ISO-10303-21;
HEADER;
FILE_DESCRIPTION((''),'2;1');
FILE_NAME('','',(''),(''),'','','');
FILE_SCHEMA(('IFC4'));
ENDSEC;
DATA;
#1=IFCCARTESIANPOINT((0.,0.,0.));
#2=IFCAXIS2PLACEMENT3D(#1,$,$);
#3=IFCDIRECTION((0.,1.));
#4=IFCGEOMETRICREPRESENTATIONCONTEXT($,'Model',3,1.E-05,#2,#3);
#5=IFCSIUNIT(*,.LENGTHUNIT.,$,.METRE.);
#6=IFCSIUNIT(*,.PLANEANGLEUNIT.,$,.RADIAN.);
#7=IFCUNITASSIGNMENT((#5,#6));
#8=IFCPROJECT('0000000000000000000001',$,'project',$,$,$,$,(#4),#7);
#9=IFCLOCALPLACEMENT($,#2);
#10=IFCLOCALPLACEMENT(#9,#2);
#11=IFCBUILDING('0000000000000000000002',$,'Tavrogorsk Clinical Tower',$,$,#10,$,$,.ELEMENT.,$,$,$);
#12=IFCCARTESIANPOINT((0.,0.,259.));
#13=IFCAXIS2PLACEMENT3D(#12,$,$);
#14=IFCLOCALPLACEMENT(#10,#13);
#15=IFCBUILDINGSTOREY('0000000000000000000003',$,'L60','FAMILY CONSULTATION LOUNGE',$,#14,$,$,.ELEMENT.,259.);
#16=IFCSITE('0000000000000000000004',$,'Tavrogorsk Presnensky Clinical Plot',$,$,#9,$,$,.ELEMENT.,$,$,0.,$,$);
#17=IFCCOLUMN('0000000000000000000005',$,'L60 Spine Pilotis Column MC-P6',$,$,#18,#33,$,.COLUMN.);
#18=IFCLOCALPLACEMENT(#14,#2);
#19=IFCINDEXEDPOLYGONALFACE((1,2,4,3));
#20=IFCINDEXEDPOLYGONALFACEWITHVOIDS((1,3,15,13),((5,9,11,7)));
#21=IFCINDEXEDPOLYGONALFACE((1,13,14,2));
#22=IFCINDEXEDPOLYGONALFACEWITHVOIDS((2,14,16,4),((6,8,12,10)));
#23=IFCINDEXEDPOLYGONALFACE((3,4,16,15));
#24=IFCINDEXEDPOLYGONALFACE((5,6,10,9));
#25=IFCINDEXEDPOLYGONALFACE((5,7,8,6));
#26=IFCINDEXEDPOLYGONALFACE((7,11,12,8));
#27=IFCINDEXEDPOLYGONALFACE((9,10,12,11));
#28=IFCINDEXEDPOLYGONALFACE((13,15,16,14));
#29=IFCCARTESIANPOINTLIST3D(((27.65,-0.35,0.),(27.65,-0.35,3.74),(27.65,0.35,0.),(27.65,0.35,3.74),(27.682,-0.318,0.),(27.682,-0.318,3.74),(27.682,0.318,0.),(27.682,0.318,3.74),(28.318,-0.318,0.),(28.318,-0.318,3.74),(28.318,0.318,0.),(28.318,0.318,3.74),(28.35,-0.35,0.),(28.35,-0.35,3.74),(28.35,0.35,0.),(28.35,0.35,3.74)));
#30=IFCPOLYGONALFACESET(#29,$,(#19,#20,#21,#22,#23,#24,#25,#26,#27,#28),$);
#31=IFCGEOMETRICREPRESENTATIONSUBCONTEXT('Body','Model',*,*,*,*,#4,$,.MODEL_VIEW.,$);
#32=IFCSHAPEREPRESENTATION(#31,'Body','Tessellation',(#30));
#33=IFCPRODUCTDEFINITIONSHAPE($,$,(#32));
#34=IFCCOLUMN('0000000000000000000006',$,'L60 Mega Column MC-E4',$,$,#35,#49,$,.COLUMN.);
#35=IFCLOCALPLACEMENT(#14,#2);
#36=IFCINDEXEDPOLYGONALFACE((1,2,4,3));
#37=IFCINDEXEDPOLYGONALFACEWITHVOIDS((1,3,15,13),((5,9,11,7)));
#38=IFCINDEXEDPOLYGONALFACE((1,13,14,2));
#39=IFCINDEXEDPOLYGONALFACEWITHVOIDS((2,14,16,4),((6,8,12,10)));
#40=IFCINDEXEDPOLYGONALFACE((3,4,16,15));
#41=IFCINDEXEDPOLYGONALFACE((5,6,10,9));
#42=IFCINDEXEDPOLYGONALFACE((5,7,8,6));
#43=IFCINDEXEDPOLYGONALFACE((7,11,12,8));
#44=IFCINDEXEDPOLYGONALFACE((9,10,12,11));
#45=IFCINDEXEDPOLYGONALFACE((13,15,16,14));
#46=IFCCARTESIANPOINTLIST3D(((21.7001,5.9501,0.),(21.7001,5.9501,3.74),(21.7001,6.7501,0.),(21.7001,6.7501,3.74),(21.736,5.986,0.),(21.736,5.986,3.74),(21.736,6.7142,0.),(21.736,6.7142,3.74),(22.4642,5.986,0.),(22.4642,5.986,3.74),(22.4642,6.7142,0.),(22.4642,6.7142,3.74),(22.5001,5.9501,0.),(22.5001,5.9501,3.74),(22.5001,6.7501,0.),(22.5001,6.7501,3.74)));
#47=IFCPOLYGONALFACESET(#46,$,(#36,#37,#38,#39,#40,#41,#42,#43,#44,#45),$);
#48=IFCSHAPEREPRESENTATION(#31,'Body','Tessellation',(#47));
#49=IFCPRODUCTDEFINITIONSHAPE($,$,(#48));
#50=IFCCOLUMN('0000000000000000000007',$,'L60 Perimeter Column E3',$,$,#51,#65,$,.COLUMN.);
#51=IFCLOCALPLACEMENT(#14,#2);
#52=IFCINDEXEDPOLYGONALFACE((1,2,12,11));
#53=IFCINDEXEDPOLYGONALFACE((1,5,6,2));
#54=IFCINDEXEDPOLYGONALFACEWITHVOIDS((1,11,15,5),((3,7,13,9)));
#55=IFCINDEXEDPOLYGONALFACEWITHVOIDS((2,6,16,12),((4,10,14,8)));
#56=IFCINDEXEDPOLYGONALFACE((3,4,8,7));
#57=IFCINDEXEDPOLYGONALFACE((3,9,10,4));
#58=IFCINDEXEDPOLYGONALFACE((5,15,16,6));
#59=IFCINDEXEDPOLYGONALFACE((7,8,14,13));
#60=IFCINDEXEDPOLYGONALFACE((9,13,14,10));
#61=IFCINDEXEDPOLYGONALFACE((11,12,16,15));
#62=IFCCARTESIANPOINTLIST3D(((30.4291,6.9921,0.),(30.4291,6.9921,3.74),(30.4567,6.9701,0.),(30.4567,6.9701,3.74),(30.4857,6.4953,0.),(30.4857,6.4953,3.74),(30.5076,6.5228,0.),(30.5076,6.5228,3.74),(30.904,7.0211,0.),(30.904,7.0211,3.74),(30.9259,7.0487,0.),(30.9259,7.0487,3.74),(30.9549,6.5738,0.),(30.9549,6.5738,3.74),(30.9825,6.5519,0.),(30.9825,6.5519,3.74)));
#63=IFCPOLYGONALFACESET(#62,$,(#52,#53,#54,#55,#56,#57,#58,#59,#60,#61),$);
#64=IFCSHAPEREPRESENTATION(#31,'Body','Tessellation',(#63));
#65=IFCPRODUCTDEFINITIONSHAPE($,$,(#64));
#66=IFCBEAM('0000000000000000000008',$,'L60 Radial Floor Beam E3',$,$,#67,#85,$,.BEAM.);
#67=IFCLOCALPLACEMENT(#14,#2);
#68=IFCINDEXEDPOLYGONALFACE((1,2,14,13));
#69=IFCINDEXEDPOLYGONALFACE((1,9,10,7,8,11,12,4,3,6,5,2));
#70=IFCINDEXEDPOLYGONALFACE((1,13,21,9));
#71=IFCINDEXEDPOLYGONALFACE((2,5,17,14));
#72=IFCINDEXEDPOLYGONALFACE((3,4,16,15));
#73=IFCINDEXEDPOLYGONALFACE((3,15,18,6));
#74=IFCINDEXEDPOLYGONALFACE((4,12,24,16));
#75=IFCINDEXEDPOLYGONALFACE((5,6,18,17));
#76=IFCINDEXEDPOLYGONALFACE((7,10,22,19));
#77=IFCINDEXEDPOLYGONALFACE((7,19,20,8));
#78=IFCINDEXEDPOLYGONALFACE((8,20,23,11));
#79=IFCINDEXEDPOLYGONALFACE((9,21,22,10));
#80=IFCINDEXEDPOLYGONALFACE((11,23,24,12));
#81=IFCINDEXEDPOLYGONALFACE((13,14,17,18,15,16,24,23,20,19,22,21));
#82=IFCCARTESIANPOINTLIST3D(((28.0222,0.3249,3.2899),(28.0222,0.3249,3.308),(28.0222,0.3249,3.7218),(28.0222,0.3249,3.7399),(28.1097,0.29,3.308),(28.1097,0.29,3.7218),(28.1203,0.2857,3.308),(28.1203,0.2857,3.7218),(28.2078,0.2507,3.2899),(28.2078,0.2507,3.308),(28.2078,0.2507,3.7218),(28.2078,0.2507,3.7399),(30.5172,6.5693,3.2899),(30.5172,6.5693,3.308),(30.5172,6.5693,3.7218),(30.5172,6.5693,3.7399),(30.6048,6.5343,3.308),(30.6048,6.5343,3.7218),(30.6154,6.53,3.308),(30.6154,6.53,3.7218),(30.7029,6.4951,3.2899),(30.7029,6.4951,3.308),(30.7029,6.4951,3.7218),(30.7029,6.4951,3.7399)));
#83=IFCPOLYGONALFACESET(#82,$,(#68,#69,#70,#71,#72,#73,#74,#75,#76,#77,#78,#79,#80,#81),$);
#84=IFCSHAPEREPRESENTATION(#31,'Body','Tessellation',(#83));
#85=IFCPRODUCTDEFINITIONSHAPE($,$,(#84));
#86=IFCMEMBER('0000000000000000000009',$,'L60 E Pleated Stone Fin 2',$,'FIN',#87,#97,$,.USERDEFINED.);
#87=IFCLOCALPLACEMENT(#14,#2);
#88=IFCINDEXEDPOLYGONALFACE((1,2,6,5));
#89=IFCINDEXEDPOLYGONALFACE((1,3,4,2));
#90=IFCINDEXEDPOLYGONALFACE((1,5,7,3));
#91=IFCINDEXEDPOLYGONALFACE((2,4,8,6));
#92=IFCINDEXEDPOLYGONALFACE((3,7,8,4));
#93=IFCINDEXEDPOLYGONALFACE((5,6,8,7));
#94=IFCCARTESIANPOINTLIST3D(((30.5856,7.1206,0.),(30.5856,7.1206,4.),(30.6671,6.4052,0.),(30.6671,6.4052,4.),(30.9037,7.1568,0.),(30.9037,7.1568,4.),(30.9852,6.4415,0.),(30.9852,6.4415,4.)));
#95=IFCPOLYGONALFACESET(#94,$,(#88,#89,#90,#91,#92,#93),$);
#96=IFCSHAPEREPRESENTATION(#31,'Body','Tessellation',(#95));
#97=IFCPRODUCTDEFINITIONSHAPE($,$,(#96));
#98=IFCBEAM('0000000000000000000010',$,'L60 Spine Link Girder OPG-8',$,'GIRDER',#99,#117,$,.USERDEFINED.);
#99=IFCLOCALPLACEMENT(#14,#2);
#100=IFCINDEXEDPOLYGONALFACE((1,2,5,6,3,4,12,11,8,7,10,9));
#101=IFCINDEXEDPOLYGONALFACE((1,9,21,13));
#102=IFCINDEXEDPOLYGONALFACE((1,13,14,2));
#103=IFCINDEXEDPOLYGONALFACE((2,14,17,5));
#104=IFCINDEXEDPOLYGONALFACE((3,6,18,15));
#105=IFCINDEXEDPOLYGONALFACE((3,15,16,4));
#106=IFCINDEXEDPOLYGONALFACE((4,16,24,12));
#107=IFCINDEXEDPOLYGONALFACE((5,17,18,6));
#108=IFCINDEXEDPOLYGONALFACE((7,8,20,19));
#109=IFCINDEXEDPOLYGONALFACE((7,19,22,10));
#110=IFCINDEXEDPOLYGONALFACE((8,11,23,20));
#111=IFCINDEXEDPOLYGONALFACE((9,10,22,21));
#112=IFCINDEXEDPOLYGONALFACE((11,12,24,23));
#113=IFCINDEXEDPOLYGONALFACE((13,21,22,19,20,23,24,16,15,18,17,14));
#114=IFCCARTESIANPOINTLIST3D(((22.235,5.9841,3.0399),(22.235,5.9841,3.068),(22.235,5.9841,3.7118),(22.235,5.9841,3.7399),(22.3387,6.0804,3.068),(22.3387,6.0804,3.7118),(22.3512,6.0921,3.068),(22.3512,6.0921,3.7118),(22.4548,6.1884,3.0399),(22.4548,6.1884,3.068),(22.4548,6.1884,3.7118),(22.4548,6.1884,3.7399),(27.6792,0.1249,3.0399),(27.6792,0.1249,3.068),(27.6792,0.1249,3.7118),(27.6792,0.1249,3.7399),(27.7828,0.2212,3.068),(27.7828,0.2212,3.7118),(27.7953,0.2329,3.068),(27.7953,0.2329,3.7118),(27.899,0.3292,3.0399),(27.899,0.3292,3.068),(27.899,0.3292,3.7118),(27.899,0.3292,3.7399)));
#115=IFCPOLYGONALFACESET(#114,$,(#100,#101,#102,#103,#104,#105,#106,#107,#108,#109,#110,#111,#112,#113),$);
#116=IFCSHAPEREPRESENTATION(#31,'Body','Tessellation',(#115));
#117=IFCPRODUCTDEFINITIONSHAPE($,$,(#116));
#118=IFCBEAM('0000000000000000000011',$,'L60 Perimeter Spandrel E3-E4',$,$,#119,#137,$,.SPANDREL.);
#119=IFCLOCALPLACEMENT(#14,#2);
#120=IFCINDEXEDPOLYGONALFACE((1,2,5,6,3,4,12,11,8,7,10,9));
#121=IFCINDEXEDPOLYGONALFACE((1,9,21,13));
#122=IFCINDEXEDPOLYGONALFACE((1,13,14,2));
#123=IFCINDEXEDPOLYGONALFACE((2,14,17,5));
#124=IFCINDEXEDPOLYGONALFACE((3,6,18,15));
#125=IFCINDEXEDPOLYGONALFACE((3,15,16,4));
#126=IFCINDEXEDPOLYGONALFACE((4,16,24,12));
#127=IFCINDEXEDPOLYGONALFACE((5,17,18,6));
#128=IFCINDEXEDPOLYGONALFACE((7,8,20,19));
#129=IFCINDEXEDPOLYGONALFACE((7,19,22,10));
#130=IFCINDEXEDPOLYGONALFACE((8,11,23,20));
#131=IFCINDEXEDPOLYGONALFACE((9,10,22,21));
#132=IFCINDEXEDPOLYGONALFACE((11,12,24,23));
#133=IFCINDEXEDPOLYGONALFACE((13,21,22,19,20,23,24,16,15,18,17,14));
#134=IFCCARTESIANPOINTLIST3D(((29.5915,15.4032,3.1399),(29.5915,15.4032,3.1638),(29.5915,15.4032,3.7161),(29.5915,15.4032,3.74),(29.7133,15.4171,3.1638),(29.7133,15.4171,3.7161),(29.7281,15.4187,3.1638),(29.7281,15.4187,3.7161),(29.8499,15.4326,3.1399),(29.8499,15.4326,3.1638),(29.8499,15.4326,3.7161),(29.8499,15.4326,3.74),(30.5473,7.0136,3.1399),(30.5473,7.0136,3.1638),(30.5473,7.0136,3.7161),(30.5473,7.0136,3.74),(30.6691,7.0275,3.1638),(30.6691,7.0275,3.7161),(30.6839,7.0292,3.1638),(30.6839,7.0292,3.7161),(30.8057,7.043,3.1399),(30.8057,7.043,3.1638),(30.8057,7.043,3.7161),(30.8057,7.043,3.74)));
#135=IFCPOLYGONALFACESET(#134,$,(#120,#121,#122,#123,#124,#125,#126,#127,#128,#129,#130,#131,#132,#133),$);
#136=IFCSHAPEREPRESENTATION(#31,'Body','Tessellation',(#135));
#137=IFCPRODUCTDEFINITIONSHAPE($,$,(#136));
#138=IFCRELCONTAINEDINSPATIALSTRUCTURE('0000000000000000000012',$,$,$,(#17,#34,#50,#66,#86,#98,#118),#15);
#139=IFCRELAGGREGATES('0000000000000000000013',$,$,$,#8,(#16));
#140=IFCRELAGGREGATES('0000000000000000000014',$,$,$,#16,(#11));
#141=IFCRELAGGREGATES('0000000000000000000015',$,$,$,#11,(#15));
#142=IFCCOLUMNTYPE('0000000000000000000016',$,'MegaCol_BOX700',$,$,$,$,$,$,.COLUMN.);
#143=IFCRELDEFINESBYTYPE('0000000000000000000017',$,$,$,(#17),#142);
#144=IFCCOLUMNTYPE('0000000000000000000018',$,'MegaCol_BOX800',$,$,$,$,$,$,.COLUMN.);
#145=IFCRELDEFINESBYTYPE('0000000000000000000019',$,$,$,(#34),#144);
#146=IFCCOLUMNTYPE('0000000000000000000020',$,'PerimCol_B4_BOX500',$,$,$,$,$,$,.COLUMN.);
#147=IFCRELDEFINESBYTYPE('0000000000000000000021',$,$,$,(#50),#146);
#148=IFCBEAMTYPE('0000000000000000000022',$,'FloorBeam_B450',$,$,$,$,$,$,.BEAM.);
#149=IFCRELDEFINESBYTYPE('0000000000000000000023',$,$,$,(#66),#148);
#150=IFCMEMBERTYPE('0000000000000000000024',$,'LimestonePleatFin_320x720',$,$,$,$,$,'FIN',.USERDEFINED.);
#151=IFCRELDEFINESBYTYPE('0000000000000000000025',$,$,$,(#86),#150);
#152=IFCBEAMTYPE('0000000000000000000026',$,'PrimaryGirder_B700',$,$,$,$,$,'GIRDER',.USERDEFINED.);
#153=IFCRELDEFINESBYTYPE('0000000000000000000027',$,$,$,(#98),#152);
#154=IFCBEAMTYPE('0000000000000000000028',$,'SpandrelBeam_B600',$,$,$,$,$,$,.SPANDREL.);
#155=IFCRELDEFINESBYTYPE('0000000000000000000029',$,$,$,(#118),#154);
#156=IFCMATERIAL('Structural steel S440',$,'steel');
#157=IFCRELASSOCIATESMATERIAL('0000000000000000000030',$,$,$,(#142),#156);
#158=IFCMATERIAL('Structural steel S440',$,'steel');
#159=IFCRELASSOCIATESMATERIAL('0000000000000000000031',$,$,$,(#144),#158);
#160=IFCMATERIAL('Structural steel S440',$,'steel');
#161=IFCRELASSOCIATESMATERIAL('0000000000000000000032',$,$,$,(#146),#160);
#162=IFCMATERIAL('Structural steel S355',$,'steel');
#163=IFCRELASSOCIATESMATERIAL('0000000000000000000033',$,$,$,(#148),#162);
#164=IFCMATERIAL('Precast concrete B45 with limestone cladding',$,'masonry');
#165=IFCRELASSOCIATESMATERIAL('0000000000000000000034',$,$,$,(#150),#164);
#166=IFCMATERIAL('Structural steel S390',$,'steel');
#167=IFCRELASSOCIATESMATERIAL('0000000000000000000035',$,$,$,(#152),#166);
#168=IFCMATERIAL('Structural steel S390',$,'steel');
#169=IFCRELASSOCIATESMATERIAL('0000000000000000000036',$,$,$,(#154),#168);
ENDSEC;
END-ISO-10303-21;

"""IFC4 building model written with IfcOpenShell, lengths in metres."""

from ifc_helpers import new_model, si_unit, direction, frame, origin, origin_2d, place, context, subcontext, project, spatial, rectangle, hollow_rectangle, i_section, extrude, material, material_profile, profile_set, type_object, element, save


model = new_model("IFC4")

# Units and contexts
model_context = context("Model", 3, precision=1e-05, world=origin(), true_north=direction((0.0, 1.0)))
body_context = subcontext(model_context, "Body", "Model", "MODEL_VIEW")
ifc_project = project(units=[si_unit("LENGTHUNIT", "METRE"), si_unit("PLANEANGLEUNIT", "RADIAN")], contexts=[model_context])

# Site, building, storey
site_placement = place(None, origin())
site = spatial("IfcSite", under=ifc_project, at=site_placement, Name="Tavrogorsk Presnensky Clinical Plot", CompositionType="ELEMENT", RefElevation=0.0)
building_placement = place(site_placement, origin())
building = spatial("IfcBuilding", under=site, at=building_placement, Name="Tavrogorsk Clinical Tower", CompositionType="ELEMENT")
storey_placement = place(building_placement, frame((0.0, 0.0, 259.0)))
storey = spatial("IfcBuildingStorey", under=building, at=storey_placement, Name="L60", Description="FAMILY CONSULTATION LOUNGE", CompositionType="ELEMENT", Elevation=259.0)

# Columns
ifc_material_1 = material(Name="Structural steel S440", Category="steel")
ifc_material_profile_1 = material_profile(ifc_material_1, hollow_rectangle(XDim=0.7, YDim=0.7, WallThickness=0.032, at=origin_2d()), Name="BOX-700x700x32")
ifc_profile_set_1 = profile_set([ifc_material_profile_1], Name="Structural steel S440")
column_type_1 = type_object("IfcColumnType", Name="MegaCol_BOX700", PredefinedType="COLUMN", material=ifc_profile_set_1)
column_1_placement = place(storey_placement, frame((28.0, 0.0, 0.0), z_axis=(0.0, 0.0, 1.0), x_axis=(1.0, 0.0, 0.0)))
element("IfcColumn", 1, at=column_1_placement, inside=storey, type_object=column_type_1, Name="L60 Spine Pilotis Column MC-P6", PredefinedType="COLUMN", context=body_context, shape_type="SweptSolid", body=[
    extrude(hollow_rectangle(XDim=0.7, YDim=0.7, WallThickness=0.032, at=origin_2d()), origin(), (0.0, 0.0, 1.0), 3.74),
])
ifc_material_2 = material(Name="Structural steel S440", Category="steel")
ifc_material_profile_2 = material_profile(ifc_material_2, hollow_rectangle(XDim=0.8, YDim=0.8, WallThickness=0.0359, at=origin_2d()), Name="BOX-800x800x36")
ifc_profile_set_2 = profile_set([ifc_material_profile_2], Name="Structural steel S440")
column_type_2 = type_object("IfcColumnType", Name="MegaCol_BOX800", PredefinedType="COLUMN", material=ifc_profile_set_2)
column_2_placement = place(storey_placement, frame((22.1001, 6.3501, 0.0), z_axis=(0.0, 0.0, 1.0), x_axis=(1.0, 0.0, 0.0)))
element("IfcColumn", 2, at=column_2_placement, inside=storey, type_object=column_type_2, Name="L60 Mega Column MC-E4", PredefinedType="COLUMN", context=body_context, shape_type="SweptSolid", body=[
    extrude(hollow_rectangle(XDim=0.8, YDim=0.8, WallThickness=0.0359, at=origin_2d()), origin(), (0.0, 0.0, 1.0), 3.74),
])
ifc_material_3 = material(Name="Structural steel S440", Category="steel")
ifc_material_profile_3 = material_profile(ifc_material_3, hollow_rectangle(XDim=0.5, YDim=0.5, WallThickness=0.0249, at=origin_2d()), Name="BOX-500x500x25")
ifc_profile_set_3 = profile_set([ifc_material_profile_3], Name="Structural steel S440")
column_type_3 = type_object("IfcColumnType", Name="PerimCol_B4_BOX500", PredefinedType="COLUMN", material=ifc_profile_set_3)
column_3_placement = place(storey_placement, frame((30.7058, 6.772, 0.0), z_axis=(0.0, 0.0, 1.0), x_axis=(0.993572, 0.113203, 0.0)))
element("IfcColumn", 3, at=column_3_placement, inside=storey, type_object=column_type_3, Name="L60 Perimeter Column E3", PredefinedType="COLUMN", context=body_context, shape_type="SweptSolid", body=[
    extrude(hollow_rectangle(XDim=0.5, YDim=0.5, WallThickness=0.0249, at=origin_2d()), origin(), (0.0, 0.0, 1.0), 3.74),
])

# Beam
ifc_material_4 = material(Name="Structural steel S355", Category="steel")
ifc_material_profile_4 = material_profile(ifc_material_4, i_section(OverallWidth=0.2, OverallDepth=0.45, WebThickness=0.0115, FlangeThickness=0.0181, at=origin_2d()), Name="B-450x200x11.5x18")
ifc_profile_set_4 = profile_set([ifc_material_profile_4], Name="Structural steel S355")
beam_type_1 = type_object("IfcBeamType", Name="FloorBeam_B450", PredefinedType="BEAM", material=ifc_profile_set_4)
beam_1_placement = place(storey_placement, frame((28.115, 0.2878, 3.5149), z_axis=(0.371053, 0.928612, 0.0), x_axis=(-0.928612, 0.371053, 0.0)))
element("IfcBeam", 4, at=beam_1_placement, inside=storey, type_object=beam_type_1, Name="L60 Radial Floor Beam E3", PredefinedType="BEAM", context=body_context, shape_type="SweptSolid", body=[
    extrude(i_section(OverallWidth=0.2, OverallDepth=0.45, WebThickness=0.0115, FlangeThickness=0.0181, at=origin_2d()), origin(), (0.0, 0.0, 1.0), 6.7244),
])

# Member
ifc_material_5 = material(Name="Precast concrete B45 with limestone cladding", Category="masonry")
ifc_material_profile_5 = material_profile(ifc_material_5, rectangle(XDim=0.3201, YDim=0.72, at=origin_2d()), Name="LIMESTONE-FIN-320x720")
ifc_profile_set_5 = profile_set([ifc_material_profile_5], Name="Precast concrete B45 with limestone cladding")
member_type = type_object("IfcMemberType", Name="LimestonePleatFin_320x720", ElementType="FIN", PredefinedType="USERDEFINED", material=ifc_profile_set_5)
member_placement = place(storey_placement, frame((30.7854, 6.781, 0.0), z_axis=(0.0, 0.0, 1.0), x_axis=(0.993572, 0.113203, 0.0)))
element("IfcMember", 5, at=member_placement, inside=storey, type_object=member_type, Name="L60 E Pleated Stone Fin 2", ObjectType="FIN", PredefinedType="USERDEFINED", context=body_context, shape_type="SweptSolid", body=[
    extrude(rectangle(XDim=0.3201, YDim=0.72, at=origin_2d()), origin(), (0.0, 0.0, 1.0), 4.0),
])

# Beams
ifc_material_6 = material(Name="Structural steel S390", Category="steel")
ifc_material_profile_6 = material_profile(ifc_material_6, i_section(OverallWidth=0.3, OverallDepth=0.7, WebThickness=0.0171, FlangeThickness=0.0281, at=origin_2d()), Name="B-700x300x17x28")
ifc_profile_set_6 = profile_set([ifc_material_profile_6], Name="Structural steel S390")
beam_type_2 = type_object("IfcBeamType", Name="PrimaryGirder_B700", ElementType="GIRDER", PredefinedType="USERDEFINED", material=ifc_profile_set_6)
beam_2_placement = place(storey_placement, frame((27.7891, 0.2271, 3.3899), z_axis=(-0.680684, 0.732577, 0.0), x_axis=(-0.732577, -0.680684, 0.0)))
element("IfcBeam", 6, at=beam_2_placement, inside=storey, type_object=beam_type_2, Name="L60 Spine Link Girder OPG-8", ObjectType="GIRDER", PredefinedType="USERDEFINED", context=body_context, shape_type="SweptSolid", body=[
    extrude(i_section(OverallWidth=0.3, OverallDepth=0.7, WebThickness=0.0171, FlangeThickness=0.0281, at=origin_2d()), origin(), (0.0, 0.0, 1.0), 7.998),
])
ifc_material_7 = material(Name="Structural steel S390", Category="steel")
ifc_material_profile_7 = material_profile(ifc_material_7, i_section(OverallWidth=0.26, OverallDepth=0.6001, WebThickness=0.0149, FlangeThickness=0.0239, at=origin_2d()), Name="B-600x260x15x24")
ifc_profile_set_7 = profile_set([ifc_material_profile_7], Name="Structural steel S390")
beam_type_3 = type_object("IfcBeamType", Name="SpandrelBeam_B600", PredefinedType="SPANDREL", material=ifc_profile_set_7)
beam_3_placement = place(storey_placement, frame((30.6765, 7.0283, 3.4399), z_axis=(-0.113195, 0.993573, 0.0), x_axis=(-0.993573, -0.113195, 0.0)))
element("IfcBeam", 7, at=beam_3_placement, inside=storey, type_object=beam_type_3, Name="L60 Perimeter Spandrel E3-E4", PredefinedType="SPANDREL", context=body_context, shape_type="SweptSolid", body=[
    extrude(i_section(OverallWidth=0.26, OverallDepth=0.6001, WebThickness=0.0149, FlangeThickness=0.0239, at=origin_2d()), origin(), (0.0, 0.0, 1.0), 8.4438),
])

save(model, "model.ifc")
